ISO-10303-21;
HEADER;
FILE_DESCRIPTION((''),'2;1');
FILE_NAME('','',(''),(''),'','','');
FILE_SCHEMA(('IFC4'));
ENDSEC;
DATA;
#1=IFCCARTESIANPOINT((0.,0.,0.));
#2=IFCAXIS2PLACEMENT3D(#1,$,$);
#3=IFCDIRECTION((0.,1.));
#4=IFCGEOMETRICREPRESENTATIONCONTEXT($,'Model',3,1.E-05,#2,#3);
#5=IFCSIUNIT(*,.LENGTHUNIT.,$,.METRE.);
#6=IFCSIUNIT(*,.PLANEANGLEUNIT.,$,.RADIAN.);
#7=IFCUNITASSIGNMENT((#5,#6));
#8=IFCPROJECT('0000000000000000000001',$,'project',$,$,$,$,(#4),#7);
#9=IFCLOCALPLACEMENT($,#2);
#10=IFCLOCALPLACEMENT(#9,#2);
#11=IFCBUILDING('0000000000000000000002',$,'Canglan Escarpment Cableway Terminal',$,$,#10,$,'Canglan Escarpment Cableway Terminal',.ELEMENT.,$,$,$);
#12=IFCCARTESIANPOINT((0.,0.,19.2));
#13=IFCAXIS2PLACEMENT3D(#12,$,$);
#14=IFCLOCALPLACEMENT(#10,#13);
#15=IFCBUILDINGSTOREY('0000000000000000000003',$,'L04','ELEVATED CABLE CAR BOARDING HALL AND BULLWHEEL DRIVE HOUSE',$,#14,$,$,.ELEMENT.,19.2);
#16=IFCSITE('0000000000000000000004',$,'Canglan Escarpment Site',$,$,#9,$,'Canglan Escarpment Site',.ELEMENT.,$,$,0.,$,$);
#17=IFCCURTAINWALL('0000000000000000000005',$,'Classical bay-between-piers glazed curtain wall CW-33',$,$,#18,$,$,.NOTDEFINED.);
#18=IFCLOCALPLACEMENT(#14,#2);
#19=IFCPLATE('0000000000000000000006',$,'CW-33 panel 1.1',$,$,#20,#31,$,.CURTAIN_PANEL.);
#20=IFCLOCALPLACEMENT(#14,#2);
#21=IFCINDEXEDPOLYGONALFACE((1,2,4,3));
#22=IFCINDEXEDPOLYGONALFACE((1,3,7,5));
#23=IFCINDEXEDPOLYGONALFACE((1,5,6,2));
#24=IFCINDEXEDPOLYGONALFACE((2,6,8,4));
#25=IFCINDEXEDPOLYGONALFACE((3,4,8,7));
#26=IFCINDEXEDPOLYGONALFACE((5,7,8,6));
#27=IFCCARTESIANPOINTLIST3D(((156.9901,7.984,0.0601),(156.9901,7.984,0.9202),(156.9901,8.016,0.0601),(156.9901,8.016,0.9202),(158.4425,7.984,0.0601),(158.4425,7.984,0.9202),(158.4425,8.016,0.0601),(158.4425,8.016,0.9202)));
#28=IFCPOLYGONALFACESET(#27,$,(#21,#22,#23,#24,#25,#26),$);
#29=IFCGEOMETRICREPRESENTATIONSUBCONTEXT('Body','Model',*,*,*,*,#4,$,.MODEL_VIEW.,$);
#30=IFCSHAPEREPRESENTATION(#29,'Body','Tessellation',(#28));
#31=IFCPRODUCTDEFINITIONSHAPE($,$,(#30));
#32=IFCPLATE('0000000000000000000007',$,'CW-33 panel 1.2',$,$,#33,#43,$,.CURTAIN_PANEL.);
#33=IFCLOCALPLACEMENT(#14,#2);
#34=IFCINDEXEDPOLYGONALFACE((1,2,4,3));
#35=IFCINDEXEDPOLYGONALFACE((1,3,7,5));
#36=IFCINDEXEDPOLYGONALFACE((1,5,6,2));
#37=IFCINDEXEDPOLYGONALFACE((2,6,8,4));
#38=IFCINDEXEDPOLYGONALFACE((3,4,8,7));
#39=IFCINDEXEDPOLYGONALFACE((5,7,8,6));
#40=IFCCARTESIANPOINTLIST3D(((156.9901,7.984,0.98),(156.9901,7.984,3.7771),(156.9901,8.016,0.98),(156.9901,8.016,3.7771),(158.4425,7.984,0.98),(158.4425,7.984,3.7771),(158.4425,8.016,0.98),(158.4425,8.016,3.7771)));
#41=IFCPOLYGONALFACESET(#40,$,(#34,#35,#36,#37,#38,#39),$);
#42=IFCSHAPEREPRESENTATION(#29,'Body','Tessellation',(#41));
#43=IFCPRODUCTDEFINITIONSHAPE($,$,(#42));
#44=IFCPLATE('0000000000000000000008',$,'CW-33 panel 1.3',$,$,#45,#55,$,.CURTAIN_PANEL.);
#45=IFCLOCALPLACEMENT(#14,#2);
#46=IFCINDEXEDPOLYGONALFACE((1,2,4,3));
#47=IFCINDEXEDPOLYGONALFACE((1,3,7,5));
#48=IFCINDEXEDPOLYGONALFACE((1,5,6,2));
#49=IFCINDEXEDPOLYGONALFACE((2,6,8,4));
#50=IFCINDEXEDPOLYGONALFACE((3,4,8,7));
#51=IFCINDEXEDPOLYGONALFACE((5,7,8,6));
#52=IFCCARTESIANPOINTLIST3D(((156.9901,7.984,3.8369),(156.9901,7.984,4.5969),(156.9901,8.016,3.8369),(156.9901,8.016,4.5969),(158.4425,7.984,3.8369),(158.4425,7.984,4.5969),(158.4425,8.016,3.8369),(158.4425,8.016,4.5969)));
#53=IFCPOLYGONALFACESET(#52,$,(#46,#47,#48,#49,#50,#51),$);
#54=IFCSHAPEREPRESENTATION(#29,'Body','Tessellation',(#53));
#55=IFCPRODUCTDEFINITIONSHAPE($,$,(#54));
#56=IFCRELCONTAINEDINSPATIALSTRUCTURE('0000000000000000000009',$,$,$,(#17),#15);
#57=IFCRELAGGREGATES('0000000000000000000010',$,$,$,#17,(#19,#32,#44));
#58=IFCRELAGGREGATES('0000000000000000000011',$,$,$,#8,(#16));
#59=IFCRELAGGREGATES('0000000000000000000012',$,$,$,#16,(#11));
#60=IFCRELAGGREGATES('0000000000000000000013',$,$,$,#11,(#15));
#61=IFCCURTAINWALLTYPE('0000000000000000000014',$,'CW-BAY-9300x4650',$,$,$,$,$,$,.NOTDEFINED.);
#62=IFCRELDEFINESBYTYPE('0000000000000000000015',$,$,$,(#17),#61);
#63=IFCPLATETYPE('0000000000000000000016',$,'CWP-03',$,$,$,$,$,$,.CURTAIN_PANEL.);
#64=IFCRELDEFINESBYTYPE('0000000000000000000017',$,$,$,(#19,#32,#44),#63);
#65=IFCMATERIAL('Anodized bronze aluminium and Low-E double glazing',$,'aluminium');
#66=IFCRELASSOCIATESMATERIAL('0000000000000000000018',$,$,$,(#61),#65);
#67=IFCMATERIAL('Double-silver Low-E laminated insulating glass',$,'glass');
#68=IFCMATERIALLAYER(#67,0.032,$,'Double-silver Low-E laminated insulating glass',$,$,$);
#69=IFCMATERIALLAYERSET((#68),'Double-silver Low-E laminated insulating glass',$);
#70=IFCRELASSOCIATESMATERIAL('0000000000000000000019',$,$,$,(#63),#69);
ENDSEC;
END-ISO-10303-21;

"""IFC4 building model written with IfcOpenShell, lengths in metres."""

from ifc_helpers import new_model, si_unit, direction, frame, origin, origin_2d, place, context, subcontext, project, spatial, rectangle, extrude, material, layer, layer_set, type_object, element, aggregate, save


model = new_model("IFC4")

# Units and contexts
model_context = context("Model", 3, precision=1e-05, world=origin(), true_north=direction((0.0, 1.0)))
body_context = subcontext(model_context, "Body", "Model", "MODEL_VIEW")
ifc_project = project(units=[si_unit("LENGTHUNIT", "METRE"), si_unit("PLANEANGLEUNIT", "RADIAN")], contexts=[model_context])

# Site, building, storey
site_placement = place(None, origin())
site = spatial("IfcSite", under=ifc_project, at=site_placement, Name="Canglan Escarpment Site", LongName="Canglan Escarpment Site", CompositionType="ELEMENT", RefElevation=0.0)
building_placement = place(site_placement, origin())
building = spatial("IfcBuilding", under=site, at=building_placement, Name="Canglan Escarpment Cableway Terminal", LongName="Canglan Escarpment Cableway Terminal", CompositionType="ELEMENT")
storey_placement = place(building_placement, frame((0.0, 0.0, 19.2)))
storey = spatial("IfcBuildingStorey", under=building, at=storey_placement, Name="L04", Description="ELEVATED CABLE CAR BOARDING HALL AND BULLWHEEL DRIVE HOUSE", CompositionType="ELEMENT", Elevation=19.2)

# Curtain wall
ifc_material_1 = material(Name="Anodized bronze aluminium and Low-E double glazing", Category="aluminium")
curtain_wall_type = type_object("IfcCurtainWallType", Name="CW-BAY-9300x4650", PredefinedType="NOTDEFINED", material=ifc_material_1)
curtain_wall_1_placement = place(storey_placement, origin())
curtain_wall_1 = element("IfcCurtainWall", 1, at=curtain_wall_1_placement, inside=storey, type_object=curtain_wall_type, Name="Classical bay-between-piers glazed curtain wall CW-33", PredefinedType="NOTDEFINED")

# Plates
ifc_material_2 = material(Name="Double-silver Low-E laminated insulating glass", Category="glass")
ifc_layer_1 = layer(ifc_material_2, 0.032, Name="Double-silver Low-E laminated insulating glass")
ifc_layer_set_1 = layer_set([ifc_layer_1], Name="Double-silver Low-E laminated insulating glass")
plate_type_1 = type_object("IfcPlateType", Name="CWP-03", PredefinedType="CURTAIN_PANEL", material=ifc_layer_set_1)
plate_1_placement = place(storey_placement, frame((157.7163, 8.0, 0.0601), z_axis=(0.0, 0.0, 1.0), x_axis=(1.0, 0.0, 0.0)))
plate_1 = element("IfcPlate", 2, at=plate_1_placement, type_object=plate_type_1, Name="CW-33 panel 1.1", PredefinedType="CURTAIN_PANEL", context=body_context, shape_type="SweptSolid", body=[
    extrude(rectangle(XDim=1.4524, YDim=0.032, at=origin_2d()), origin(), (0.0, 0.0, 1.0), 0.8601),
])
plate_2_placement = place(storey_placement, frame((157.7163, 8.0, 0.98), z_axis=(0.0, 0.0, 1.0), x_axis=(1.0, 0.0, 0.0)))
plate_2 = element("IfcPlate", 3, at=plate_2_placement, type_object=plate_type_1, Name="CW-33 panel 1.2", PredefinedType="CURTAIN_PANEL", context=body_context, shape_type="SweptSolid", body=[
    extrude(rectangle(XDim=1.4524, YDim=0.032, at=origin_2d()), origin(), (0.0, 0.0, 1.0), 2.7971),
])
plate_3_placement = place(storey_placement, frame((157.7163, 8.0, 3.8369), z_axis=(0.0, 0.0, 1.0), x_axis=(1.0, 0.0, 0.0)))
plate_3 = element("IfcPlate", 4, at=plate_3_placement, type_object=plate_type_1, Name="CW-33 panel 1.3", PredefinedType="CURTAIN_PANEL", context=body_context, shape_type="SweptSolid", body=[
    extrude(rectangle(XDim=1.4524, YDim=0.032, at=origin_2d()), origin(), (0.0, 0.0, 1.0), 0.76),
])
aggregate(curtain_wall_1, [plate_1, plate_2, plate_3])

save(model, "model.ifc")
